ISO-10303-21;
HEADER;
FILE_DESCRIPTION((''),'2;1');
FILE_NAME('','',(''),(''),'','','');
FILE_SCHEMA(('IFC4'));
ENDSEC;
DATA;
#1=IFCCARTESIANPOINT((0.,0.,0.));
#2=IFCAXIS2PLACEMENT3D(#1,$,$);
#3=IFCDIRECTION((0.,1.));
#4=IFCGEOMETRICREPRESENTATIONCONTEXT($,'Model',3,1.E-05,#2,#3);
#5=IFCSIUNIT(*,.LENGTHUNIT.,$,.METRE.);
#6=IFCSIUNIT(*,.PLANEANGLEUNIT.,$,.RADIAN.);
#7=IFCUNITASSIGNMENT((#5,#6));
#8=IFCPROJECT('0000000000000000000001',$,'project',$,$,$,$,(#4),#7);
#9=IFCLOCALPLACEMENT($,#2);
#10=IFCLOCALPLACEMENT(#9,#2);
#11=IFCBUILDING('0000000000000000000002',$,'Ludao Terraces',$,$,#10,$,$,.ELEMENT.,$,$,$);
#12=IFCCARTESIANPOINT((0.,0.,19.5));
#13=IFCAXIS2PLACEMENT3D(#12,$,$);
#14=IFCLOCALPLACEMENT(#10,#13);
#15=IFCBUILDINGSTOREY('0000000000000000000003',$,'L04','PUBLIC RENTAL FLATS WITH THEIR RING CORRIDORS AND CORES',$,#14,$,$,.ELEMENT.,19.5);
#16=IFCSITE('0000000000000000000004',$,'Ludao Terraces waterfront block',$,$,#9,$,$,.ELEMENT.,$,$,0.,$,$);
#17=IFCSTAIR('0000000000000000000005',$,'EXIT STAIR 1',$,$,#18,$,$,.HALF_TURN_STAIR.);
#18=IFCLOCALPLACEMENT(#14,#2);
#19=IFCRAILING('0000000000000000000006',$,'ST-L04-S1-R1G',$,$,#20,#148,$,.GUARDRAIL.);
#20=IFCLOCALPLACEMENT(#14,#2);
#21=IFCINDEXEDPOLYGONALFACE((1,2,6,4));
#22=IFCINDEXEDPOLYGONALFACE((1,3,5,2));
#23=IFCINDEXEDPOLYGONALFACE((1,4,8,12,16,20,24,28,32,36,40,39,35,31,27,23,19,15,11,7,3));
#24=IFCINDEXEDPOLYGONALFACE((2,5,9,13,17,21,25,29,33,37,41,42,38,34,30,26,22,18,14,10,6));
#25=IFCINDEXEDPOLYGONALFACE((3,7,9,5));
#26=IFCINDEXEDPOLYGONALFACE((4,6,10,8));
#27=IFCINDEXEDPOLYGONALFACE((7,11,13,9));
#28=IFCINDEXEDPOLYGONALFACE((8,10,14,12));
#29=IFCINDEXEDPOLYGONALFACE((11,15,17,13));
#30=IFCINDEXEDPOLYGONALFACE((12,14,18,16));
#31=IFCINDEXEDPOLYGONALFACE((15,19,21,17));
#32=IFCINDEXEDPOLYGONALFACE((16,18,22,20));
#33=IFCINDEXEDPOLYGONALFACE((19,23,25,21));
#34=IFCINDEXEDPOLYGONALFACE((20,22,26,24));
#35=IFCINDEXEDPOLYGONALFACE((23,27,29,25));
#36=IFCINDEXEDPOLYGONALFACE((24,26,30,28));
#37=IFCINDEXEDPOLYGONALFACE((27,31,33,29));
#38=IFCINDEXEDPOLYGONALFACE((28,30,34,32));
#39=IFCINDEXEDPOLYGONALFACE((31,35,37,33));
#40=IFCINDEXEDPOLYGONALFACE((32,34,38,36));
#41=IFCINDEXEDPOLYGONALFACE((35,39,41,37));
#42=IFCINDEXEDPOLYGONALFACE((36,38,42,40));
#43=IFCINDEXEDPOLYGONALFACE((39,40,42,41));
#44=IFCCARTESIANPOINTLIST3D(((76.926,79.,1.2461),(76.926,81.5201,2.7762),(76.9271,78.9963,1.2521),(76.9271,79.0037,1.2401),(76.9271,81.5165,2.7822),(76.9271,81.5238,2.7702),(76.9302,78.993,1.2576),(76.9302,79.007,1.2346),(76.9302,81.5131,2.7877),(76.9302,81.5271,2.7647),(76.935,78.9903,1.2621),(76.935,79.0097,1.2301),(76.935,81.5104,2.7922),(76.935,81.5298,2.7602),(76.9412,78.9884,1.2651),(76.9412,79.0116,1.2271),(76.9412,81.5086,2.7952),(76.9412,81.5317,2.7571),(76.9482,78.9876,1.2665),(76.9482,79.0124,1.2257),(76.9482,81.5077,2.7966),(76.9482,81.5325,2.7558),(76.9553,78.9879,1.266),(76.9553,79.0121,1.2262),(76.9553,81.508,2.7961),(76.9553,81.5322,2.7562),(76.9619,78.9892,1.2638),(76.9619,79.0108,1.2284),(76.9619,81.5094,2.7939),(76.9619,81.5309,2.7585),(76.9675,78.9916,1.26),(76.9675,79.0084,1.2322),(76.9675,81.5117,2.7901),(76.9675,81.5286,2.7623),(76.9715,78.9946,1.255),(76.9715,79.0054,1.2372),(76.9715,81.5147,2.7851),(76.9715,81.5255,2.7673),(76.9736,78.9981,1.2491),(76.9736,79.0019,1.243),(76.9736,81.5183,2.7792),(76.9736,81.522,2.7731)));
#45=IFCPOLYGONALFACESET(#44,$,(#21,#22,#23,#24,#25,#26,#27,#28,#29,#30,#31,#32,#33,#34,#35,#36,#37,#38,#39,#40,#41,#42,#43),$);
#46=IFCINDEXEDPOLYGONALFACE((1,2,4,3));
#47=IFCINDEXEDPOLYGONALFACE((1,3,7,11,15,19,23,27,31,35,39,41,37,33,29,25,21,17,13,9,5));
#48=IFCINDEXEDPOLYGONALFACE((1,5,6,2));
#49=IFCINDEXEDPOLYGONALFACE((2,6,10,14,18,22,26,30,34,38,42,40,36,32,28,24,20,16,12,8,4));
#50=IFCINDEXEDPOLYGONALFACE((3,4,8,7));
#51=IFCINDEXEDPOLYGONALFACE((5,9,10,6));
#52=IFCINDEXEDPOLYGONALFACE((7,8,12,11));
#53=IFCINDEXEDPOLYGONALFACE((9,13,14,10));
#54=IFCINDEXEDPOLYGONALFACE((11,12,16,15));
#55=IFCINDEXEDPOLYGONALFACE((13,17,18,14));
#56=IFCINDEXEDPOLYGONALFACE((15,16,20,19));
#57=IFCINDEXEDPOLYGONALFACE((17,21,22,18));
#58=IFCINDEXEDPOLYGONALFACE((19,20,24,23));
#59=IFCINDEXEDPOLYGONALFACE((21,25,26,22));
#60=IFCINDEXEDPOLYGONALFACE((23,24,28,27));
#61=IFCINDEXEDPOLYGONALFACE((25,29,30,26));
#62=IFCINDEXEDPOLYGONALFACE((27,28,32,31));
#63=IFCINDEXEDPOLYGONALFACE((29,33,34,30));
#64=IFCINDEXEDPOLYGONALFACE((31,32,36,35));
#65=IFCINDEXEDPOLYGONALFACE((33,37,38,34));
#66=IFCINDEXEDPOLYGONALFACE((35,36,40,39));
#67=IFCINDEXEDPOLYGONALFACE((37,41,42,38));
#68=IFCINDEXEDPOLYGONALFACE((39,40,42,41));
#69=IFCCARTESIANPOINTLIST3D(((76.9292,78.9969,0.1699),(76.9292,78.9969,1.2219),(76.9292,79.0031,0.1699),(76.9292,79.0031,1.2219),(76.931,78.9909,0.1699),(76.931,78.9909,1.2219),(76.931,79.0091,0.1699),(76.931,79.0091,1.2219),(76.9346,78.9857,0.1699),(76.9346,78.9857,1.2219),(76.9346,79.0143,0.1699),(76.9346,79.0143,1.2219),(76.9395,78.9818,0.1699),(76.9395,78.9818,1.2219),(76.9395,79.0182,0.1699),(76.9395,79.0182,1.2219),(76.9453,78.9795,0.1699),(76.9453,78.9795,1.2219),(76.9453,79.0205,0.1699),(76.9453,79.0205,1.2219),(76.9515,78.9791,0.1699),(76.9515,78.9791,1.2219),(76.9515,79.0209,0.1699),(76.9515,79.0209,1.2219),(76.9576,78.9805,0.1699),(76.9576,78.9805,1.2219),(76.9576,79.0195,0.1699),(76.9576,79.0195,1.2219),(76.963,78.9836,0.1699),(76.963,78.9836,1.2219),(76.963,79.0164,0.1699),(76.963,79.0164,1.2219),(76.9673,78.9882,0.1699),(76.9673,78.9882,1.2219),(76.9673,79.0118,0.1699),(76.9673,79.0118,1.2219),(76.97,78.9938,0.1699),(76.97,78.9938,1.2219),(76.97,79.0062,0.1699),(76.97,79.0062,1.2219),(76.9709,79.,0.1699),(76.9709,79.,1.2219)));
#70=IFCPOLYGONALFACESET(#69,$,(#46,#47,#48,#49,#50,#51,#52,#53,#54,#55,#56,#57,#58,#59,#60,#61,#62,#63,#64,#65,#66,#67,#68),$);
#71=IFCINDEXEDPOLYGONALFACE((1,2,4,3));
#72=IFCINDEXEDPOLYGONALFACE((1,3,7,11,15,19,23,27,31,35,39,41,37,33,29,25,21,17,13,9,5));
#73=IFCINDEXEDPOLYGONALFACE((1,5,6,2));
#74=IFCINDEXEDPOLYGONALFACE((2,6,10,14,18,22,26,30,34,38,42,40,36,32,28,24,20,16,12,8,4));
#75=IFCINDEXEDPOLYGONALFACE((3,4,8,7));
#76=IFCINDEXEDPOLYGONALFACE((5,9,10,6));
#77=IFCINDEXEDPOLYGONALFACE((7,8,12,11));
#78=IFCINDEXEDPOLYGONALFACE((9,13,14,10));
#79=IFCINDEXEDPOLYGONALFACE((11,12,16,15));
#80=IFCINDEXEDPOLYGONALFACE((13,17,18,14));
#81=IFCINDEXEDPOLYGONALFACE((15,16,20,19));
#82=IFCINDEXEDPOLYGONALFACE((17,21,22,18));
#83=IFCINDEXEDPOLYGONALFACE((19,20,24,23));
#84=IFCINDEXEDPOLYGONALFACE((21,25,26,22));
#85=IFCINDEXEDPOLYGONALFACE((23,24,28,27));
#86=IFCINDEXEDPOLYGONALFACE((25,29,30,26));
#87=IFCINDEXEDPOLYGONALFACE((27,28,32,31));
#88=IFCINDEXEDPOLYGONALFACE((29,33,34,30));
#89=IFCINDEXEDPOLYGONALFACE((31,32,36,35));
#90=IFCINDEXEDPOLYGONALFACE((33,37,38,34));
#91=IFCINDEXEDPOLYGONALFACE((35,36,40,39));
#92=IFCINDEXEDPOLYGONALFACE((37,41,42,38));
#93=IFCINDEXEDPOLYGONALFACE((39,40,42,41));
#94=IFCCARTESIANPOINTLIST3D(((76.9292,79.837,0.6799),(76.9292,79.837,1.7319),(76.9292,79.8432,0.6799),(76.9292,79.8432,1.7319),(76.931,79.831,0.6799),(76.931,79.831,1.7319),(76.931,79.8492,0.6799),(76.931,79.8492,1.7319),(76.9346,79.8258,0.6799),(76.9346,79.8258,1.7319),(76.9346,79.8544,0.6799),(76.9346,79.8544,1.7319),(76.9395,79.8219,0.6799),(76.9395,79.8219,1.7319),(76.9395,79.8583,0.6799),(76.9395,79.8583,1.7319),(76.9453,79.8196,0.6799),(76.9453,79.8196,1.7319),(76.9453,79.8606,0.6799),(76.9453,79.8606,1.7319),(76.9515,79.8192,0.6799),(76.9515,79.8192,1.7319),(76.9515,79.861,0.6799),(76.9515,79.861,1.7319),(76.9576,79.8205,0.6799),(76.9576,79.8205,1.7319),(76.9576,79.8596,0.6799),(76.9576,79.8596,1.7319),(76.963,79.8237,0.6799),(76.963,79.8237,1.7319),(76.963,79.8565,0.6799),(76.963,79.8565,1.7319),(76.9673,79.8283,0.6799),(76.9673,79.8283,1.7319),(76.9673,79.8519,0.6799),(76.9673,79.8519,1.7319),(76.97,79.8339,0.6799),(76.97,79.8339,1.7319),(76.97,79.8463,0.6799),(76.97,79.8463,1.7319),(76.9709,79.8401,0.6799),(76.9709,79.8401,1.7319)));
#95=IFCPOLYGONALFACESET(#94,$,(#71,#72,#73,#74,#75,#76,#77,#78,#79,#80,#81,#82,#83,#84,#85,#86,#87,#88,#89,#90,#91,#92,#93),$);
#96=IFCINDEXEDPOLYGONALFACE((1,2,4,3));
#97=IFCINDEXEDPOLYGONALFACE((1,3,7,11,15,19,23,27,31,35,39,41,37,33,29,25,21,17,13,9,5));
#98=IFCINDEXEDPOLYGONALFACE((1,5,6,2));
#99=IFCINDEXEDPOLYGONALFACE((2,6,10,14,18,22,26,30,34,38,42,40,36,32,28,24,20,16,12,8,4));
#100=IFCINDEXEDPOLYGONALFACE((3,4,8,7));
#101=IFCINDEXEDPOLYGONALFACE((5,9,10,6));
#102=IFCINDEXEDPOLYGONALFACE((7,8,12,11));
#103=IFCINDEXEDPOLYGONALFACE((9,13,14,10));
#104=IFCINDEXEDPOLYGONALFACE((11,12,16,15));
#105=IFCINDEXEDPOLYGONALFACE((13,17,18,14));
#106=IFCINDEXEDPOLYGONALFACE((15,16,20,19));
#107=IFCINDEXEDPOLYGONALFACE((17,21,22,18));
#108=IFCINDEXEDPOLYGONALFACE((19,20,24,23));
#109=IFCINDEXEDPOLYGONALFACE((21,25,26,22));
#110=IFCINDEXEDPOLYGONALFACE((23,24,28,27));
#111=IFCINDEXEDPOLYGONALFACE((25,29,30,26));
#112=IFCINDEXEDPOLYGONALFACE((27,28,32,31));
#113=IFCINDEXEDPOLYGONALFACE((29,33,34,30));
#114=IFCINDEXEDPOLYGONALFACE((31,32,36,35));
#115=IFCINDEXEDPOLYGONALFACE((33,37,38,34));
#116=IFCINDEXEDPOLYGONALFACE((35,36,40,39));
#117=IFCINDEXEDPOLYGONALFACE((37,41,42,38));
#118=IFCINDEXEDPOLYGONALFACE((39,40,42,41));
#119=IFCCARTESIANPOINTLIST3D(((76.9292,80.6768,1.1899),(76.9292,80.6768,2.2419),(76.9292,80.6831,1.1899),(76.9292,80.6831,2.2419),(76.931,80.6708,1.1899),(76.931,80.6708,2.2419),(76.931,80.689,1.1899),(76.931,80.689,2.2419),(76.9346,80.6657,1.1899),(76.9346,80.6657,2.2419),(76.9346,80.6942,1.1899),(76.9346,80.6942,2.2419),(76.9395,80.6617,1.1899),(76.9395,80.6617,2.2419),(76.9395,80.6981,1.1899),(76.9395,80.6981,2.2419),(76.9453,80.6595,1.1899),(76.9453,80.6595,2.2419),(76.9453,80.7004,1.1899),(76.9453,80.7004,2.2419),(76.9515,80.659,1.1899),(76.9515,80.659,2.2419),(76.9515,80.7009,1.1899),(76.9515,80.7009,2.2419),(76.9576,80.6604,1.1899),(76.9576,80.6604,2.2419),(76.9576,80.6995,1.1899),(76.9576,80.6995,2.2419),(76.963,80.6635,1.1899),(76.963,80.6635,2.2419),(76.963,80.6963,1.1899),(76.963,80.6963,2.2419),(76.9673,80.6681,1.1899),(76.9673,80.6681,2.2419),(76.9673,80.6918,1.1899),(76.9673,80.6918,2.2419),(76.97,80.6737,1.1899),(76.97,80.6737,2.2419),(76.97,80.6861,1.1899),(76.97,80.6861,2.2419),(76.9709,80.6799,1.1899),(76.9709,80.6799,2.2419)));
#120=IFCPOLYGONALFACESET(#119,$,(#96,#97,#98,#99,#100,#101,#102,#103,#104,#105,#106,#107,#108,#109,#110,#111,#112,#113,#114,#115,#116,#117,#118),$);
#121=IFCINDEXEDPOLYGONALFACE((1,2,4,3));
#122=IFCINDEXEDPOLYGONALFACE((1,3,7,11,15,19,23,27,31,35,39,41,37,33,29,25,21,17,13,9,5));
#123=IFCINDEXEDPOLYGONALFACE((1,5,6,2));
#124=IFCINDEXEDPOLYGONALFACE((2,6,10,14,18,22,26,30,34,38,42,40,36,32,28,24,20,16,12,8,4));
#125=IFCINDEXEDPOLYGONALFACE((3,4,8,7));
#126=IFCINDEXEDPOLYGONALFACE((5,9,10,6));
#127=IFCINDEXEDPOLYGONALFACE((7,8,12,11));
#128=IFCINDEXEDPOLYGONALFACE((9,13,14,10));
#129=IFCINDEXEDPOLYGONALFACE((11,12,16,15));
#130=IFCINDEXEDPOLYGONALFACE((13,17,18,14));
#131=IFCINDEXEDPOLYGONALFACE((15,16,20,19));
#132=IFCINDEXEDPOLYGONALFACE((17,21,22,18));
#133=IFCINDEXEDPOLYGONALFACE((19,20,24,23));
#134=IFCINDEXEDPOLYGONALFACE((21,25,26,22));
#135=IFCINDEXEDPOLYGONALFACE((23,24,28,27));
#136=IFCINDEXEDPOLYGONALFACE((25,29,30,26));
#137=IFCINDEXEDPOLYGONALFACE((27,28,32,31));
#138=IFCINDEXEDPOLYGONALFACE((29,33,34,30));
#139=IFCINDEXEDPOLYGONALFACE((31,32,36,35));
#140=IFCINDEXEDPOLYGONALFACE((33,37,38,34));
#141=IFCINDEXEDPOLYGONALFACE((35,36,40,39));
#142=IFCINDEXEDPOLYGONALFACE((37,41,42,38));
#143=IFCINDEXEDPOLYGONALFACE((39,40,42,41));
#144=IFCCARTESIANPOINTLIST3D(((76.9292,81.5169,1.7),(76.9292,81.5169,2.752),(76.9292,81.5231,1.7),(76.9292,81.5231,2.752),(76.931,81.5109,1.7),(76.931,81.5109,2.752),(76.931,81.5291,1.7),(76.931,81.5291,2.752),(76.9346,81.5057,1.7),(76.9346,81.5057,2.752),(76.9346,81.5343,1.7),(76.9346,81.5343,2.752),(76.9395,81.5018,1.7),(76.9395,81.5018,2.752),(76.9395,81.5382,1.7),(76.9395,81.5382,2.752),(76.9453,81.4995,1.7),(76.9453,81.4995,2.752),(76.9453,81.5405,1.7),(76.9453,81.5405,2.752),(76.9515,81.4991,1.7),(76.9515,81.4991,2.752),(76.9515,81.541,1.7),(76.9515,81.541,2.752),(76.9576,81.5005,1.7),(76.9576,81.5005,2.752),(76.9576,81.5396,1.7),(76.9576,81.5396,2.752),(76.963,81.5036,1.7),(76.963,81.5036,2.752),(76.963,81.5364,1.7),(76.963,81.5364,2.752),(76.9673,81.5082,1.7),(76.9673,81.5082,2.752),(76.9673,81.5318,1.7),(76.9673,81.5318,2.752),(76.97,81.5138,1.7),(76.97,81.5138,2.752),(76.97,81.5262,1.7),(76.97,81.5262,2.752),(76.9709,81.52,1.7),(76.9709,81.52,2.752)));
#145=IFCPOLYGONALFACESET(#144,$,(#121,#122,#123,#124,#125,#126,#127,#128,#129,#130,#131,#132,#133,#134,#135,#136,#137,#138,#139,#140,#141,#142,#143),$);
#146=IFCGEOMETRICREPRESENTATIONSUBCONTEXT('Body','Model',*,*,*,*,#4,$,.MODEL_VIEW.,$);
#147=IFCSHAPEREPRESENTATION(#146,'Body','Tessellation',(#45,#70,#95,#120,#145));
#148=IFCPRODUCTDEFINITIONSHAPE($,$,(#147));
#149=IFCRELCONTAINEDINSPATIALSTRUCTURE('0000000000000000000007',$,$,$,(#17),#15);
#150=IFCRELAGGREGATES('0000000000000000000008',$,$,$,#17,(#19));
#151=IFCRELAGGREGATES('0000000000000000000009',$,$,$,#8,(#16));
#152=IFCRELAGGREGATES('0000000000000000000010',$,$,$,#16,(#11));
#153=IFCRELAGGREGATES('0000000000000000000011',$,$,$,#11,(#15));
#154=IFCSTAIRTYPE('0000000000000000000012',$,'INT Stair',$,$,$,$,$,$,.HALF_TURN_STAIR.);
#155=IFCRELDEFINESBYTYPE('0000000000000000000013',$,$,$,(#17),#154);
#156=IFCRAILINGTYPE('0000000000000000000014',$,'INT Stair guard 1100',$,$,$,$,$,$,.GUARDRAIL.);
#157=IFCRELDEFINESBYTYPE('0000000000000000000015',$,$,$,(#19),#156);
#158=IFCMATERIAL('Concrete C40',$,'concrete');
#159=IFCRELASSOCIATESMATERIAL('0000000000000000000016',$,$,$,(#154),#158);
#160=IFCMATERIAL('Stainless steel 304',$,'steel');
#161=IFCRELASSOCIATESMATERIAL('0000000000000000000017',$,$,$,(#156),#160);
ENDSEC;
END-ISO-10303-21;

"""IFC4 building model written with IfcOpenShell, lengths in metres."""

from ifc_helpers import new_model, si_unit, direction, frame, origin, origin_2d, place, context, subcontext, project, spatial, circle, extrude, material, type_object, element, aggregate, save


model = new_model("IFC4")

# Units and contexts
model_context = context("Model", 3, precision=1e-05, world=origin(), true_north=direction((0.0, 1.0)))
body_context = subcontext(model_context, "Body", "Model", "MODEL_VIEW")
ifc_project = project(units=[si_unit("LENGTHUNIT", "METRE"), si_unit("PLANEANGLEUNIT", "RADIAN")], contexts=[model_context])

# Site, building, storey
site_placement = place(None, origin())
site = spatial("IfcSite", under=ifc_project, at=site_placement, Name="Ludao Terraces waterfront block", CompositionType="ELEMENT", RefElevation=0.0)
building_placement = place(site_placement, origin())
building = spatial("IfcBuilding", under=site, at=building_placement, Name="Ludao Terraces", CompositionType="ELEMENT")
storey_placement = place(building_placement, frame((0.0, 0.0, 19.5)))
storey = spatial("IfcBuildingStorey", under=building, at=storey_placement, Name="L04", Description="PUBLIC RENTAL FLATS WITH THEIR RING CORRIDORS AND CORES", CompositionType="ELEMENT", Elevation=19.5)

# Stair, railing
ifc_material_1 = material(Name="Concrete C40", Category="concrete")
stair_type = type_object("IfcStairType", Name="INT Stair", PredefinedType="HALF_TURN_STAIR", material=ifc_material_1)
stair_placement = place(storey_placement, origin())
stair = element("IfcStair", 1, at=stair_placement, inside=storey, type_object=stair_type, Name="EXIT STAIR 1", PredefinedType="HALF_TURN_STAIR")
ifc_material_2 = material(Name="Stainless steel 304", Category="steel")
railing_type_1 = type_object("IfcRailingType", Name="INT Stair guard 1100", PredefinedType="GUARDRAIL", material=ifc_material_2)
railing_1_placement = place(storey_placement, frame((76.95, 79.0, 0.1699)))
railing_1 = element("IfcRailing", 2, at=railing_1_placement, type_object=railing_type_1, Name="ST-L04-S1-R1G", PredefinedType="GUARDRAIL", context=body_context, shape_type="SweptSolid", body=[
    extrude(circle(Radius=0.0239, at=origin_2d()), frame((0.0, 0.0, 1.0762), z_axis=(0.0, 0.854785, 0.518982), x_axis=(-1.0, 0.0, 0.0)), (0.0, 0.0, 1.0), 2.9482),
    extrude(circle(Radius=0.021, at=origin_2d()), origin(), (0.0, 0.0, 1.0), 1.052),
    extrude(circle(Radius=0.021, at=origin_2d()), frame((0.0, 0.8401, 0.51)), (0.0, 0.0, 1.0), 1.052),
    extrude(circle(Radius=0.021, at=origin_2d()), frame((0.0, 1.6799, 1.02)), (0.0, 0.0, 1.0), 1.052),
    extrude(circle(Radius=0.021, at=origin_2d()), frame((0.0, 2.52, 1.53)), (0.0, 0.0, 1.0), 1.052),
])
aggregate(stair, [railing_1])

save(model, "model.ifc")
